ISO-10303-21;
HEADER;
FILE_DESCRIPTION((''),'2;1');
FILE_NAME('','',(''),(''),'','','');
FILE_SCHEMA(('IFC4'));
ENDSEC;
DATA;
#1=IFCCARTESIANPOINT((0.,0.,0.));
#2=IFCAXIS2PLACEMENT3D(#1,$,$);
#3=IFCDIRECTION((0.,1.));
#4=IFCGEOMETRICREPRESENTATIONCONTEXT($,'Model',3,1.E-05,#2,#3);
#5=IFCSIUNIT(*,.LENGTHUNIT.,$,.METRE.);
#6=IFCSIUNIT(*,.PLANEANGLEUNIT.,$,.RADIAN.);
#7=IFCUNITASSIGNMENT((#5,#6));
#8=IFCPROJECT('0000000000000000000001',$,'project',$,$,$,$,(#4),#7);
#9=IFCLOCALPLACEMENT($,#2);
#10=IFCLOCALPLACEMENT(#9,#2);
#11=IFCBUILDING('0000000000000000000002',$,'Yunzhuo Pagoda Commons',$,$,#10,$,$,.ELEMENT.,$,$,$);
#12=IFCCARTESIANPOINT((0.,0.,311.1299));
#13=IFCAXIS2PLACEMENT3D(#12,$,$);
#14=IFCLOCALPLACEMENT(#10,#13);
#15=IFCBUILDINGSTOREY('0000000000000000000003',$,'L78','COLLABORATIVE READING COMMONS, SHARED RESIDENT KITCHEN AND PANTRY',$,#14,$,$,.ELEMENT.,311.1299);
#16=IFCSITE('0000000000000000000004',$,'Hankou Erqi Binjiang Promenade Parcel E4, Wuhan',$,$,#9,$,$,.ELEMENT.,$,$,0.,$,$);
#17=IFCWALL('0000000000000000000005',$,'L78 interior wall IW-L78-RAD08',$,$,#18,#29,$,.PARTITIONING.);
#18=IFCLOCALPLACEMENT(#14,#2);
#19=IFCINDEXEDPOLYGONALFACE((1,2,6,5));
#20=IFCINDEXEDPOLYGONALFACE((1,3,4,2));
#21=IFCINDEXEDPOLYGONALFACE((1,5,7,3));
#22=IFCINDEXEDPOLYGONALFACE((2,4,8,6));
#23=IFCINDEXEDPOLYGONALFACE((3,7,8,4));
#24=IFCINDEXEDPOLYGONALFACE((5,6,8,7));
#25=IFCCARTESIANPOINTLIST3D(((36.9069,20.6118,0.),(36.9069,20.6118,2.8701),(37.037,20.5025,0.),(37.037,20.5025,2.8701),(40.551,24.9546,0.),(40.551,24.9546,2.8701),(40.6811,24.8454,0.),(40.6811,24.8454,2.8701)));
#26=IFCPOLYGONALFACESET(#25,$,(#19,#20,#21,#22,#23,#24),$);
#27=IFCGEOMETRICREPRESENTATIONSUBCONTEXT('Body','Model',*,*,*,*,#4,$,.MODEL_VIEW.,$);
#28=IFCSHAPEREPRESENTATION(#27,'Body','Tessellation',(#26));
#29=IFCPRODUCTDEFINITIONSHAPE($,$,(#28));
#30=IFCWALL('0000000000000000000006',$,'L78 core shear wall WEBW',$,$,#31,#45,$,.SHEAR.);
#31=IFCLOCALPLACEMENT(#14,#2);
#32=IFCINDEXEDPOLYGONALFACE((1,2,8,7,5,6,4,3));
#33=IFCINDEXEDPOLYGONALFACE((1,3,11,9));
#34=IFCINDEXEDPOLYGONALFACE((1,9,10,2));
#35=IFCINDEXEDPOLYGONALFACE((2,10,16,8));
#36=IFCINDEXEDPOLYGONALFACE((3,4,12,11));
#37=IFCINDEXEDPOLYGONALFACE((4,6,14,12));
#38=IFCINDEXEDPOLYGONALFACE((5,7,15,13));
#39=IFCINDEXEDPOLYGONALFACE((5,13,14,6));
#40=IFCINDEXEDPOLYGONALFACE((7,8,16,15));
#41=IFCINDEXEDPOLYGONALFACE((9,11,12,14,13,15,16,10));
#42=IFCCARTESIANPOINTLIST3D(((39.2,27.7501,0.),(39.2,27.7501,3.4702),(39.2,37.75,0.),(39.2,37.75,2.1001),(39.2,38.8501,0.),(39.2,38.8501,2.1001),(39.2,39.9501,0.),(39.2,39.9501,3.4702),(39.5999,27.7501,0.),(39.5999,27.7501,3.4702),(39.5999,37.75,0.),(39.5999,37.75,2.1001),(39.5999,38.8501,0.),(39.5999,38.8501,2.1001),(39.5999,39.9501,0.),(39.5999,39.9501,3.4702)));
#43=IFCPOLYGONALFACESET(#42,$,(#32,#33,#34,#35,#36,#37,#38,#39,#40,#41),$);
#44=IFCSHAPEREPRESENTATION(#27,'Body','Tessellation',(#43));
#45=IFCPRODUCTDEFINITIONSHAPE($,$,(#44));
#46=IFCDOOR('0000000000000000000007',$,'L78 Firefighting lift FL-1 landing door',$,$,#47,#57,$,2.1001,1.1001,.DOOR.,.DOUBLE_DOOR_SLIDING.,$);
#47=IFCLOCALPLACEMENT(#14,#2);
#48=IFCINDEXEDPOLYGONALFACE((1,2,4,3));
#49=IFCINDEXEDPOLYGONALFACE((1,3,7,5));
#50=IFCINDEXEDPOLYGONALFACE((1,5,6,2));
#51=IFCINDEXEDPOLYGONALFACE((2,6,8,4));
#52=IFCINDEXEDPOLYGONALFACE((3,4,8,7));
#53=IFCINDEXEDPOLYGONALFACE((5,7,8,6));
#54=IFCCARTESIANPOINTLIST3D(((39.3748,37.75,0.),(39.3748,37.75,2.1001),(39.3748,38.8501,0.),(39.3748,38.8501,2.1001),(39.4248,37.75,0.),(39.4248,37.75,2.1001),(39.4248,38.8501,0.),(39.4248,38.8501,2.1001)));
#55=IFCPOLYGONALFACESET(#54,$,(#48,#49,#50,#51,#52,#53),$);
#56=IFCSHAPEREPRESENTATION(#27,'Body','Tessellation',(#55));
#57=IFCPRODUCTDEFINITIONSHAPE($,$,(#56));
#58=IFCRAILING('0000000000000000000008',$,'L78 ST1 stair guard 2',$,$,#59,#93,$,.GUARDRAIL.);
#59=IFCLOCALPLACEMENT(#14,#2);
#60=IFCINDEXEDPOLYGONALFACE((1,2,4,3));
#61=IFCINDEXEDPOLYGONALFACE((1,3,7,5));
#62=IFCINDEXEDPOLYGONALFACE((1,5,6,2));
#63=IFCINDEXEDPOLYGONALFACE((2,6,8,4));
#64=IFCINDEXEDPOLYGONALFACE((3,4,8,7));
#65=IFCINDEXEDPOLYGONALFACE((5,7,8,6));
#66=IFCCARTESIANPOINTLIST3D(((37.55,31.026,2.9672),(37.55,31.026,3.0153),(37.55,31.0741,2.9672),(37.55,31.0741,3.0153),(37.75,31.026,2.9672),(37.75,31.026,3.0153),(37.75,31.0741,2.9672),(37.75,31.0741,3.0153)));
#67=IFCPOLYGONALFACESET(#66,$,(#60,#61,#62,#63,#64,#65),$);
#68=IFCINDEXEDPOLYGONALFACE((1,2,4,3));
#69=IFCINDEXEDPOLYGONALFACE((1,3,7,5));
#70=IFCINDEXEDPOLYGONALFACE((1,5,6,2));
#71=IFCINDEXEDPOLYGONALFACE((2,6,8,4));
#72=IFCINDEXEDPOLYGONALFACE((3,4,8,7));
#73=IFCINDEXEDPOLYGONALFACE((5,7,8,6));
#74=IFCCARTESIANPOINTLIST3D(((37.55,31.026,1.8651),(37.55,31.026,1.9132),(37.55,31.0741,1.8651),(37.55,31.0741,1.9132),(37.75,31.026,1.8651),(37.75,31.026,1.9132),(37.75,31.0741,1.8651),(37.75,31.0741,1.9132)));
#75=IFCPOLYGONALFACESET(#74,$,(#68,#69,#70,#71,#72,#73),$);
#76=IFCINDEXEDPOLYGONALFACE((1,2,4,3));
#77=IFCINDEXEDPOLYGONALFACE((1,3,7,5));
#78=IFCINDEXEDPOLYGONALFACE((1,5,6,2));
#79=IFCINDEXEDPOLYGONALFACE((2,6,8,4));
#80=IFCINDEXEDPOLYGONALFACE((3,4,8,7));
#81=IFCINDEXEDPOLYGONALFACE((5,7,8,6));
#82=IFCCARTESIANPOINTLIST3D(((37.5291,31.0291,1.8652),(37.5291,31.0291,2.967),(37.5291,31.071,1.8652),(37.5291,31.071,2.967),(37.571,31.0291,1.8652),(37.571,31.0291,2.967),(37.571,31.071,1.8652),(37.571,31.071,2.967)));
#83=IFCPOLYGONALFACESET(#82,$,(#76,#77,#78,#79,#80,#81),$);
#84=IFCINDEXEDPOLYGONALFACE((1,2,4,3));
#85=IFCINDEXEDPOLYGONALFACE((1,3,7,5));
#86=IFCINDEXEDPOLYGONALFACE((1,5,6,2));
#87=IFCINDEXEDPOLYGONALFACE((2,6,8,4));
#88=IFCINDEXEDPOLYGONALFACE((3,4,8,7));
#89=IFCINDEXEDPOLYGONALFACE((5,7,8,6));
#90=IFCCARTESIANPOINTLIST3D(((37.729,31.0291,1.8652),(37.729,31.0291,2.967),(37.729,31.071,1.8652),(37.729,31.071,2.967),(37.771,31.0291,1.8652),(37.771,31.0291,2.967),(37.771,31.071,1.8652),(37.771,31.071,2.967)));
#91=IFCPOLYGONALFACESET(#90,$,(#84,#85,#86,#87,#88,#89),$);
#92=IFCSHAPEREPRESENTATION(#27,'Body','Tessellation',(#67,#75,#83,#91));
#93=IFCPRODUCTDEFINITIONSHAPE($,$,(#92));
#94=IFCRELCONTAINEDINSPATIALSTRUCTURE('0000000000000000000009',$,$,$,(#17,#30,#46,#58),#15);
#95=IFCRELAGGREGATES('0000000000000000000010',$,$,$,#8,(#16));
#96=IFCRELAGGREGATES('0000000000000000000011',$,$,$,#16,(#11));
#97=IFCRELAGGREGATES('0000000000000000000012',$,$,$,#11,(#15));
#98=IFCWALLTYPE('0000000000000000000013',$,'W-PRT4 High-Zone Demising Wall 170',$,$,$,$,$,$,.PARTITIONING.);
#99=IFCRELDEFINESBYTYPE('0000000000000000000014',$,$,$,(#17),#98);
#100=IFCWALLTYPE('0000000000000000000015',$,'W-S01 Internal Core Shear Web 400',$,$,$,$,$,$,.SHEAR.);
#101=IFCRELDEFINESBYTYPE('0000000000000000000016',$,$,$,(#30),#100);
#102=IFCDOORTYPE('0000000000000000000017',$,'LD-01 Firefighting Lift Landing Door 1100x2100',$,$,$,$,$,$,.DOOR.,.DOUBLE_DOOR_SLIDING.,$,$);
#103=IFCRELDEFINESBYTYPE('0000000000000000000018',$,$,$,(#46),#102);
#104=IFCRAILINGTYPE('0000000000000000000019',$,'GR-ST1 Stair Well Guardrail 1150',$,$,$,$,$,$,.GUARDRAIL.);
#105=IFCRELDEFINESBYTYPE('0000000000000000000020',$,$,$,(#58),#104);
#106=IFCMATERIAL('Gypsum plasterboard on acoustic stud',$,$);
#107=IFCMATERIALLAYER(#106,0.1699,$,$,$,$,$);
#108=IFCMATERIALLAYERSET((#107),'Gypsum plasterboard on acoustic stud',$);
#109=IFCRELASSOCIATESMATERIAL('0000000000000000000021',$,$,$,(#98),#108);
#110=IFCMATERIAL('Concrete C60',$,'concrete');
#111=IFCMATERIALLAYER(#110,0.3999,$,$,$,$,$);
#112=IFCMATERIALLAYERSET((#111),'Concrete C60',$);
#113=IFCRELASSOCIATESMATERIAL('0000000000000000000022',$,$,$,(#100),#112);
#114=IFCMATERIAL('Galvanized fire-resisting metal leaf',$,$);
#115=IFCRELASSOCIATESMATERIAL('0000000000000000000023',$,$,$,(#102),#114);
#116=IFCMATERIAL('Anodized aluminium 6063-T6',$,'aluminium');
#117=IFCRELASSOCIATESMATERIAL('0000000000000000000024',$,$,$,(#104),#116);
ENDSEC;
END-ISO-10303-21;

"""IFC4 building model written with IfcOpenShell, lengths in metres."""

from ifc_helpers import new_model, si_unit, direction, frame, frame_2d, origin, origin_2d, place, context, subcontext, project, spatial, rectangle, extrude, source, transform, mapped, material, layer, layer_set, type_object, element, fill, save


model = new_model("IFC4")

# Units and contexts
model_context = context("Model", 3, precision=1e-05, world=origin(), true_north=direction((0.0, 1.0)))
body_context = subcontext(model_context, "Body", "Model", "MODEL_VIEW")
ifc_project = project(units=[si_unit("LENGTHUNIT", "METRE"), si_unit("PLANEANGLEUNIT", "RADIAN")], contexts=[model_context])

# Site, building, storey
site_placement = place(None, origin())
site = spatial("IfcSite", under=ifc_project, at=site_placement, Name="Hankou Erqi Binjiang Promenade Parcel E4, Wuhan", CompositionType="ELEMENT", RefElevation=0.0)
building_placement = place(site_placement, origin())
building = spatial("IfcBuilding", under=site, at=building_placement, Name="Yunzhuo Pagoda Commons", CompositionType="ELEMENT")
storey_placement = place(building_placement, frame((0.0, 0.0, 311.1299)))
storey = spatial("IfcBuildingStorey", under=building, at=storey_placement, Name="L78", Description="COLLABORATIVE READING COMMONS, SHARED RESIDENT KITCHEN AND PANTRY", CompositionType="ELEMENT", Elevation=311.1299)

# Shared definitions
ifc_material_1 = material(Name="Gypsum plasterboard on acoustic stud")

# Shared definitions
ifc_material_2 = material(Name="Galvanized fire-resisting metal leaf")

# Wall
ifc_layer_1 = layer(ifc_material_1, 0.1699)
ifc_layer_set_1 = layer_set([ifc_layer_1], Name="Gypsum plasterboard on acoustic stud")
wall_type_1 = type_object("IfcWallType", Name="W-PRT4 High-Zone Demising Wall 170", PredefinedType="PARTITIONING", material=ifc_layer_set_1)
wall_1_placement = place(storey_placement, frame((40.616, 24.8999, 0.0), z_axis=(0.0, 0.0, 1.0), x_axis=(-0.64279, -0.766042, 0.0)))
element("IfcWall", 1, at=wall_1_placement, inside=storey, type_object=wall_type_1, Name="L78 interior wall IW-L78-RAD08", PredefinedType="PARTITIONING", context=body_context, shape_type="SweptSolid", body=[
    extrude(rectangle(XDim=5.6692, YDim=0.1699, at=frame_2d((2.8345, 0.0))), origin(), (0.0, 0.0, 1.0), 2.8701),
])

# Wall, opening, door
ifc_material_3 = material(Name="Concrete C60", Category="concrete")
ifc_layer_2 = layer(ifc_material_3, 0.3999)
ifc_layer_set_2 = layer_set([ifc_layer_2], Name="Concrete C60")
wall_type_2 = type_object("IfcWallType", Name="W-S01 Internal Core Shear Web 400", PredefinedType="SHEAR", material=ifc_layer_set_2)
wall_2_placement = place(storey_placement, frame((39.3999, 27.75, 0.0), z_axis=(0.0, 0.0, 1.0), x_axis=(0.0, 1.0, 0.0)))
wall_2 = element("IfcWall", 2, at=wall_2_placement, inside=storey, type_object=wall_type_2, Name="L78 core shear wall WEBW", PredefinedType="SHEAR", context=body_context, shape_type="SweptSolid", body=[
    extrude(rectangle(XDim=12.2, YDim=0.3999, at=frame_2d((6.1001, 0.0))), origin(), (0.0, 0.0, 1.0), 3.4702),
])
opening_1_placement = place(wall_2_placement, frame((10.0, 0.0, 0.0)))
opening_1 = element("IfcOpeningElement", 3, at=opening_1_placement, cuts=wall_2, PredefinedType="OPENING", context=body_context, shape_type="SweptSolid", body=[
    extrude(rectangle(XDim=1.1001, YDim=2.1001, at=frame_2d((0.55, 1.05))), frame((0.0, 0.21, 0.0), z_axis=(0.0, -1.0, 0.0), x_axis=(1.0, 0.0, 0.0)), (0.0, 0.0, 1.0), 0.4199),
])
door_type_1 = type_object("IfcDoorType", Name="LD-01 Firefighting Lift Landing Door 1100x2100", OperationType="DOUBLE_DOOR_SLIDING", PredefinedType="DOOR", material=ifc_material_2)
shared_shape_1 = source(origin(), body_context, "Body", "SweptSolid", [
    extrude(rectangle(XDim=1.1001, YDim=2.1001, at=frame_2d((0.55, 1.05))), frame((0.0, 0.0249, 0.0), z_axis=(0.0, -1.0, 0.0), x_axis=(1.0, 0.0, 0.0)), (0.0, 0.0, 1.0), 0.05),
])
door_1_placement = place(opening_1_placement, frame((1.1001, 0.0, 0.0), z_axis=(0.0, 0.0, 1.0), x_axis=(-1.0, 0.0, 0.0)))
door_1 = element("IfcDoor", 4, at=door_1_placement, inside=storey, type_object=door_type_1, Name="L78 Firefighting lift FL-1 landing door", OperationType="DOUBLE_DOOR_SLIDING", OverallHeight=2.1001, OverallWidth=1.1001, PredefinedType="DOOR", context=body_context, shape_type="MappedRepresentation", body=[
    mapped(shared_shape_1, transform((0.0, 0.0, 0.0), scale=1.0)),
])
fill(opening_1, door_1)

# Railing
ifc_material_4 = material(Name="Anodized aluminium 6063-T6", Category="aluminium")
railing_type = type_object("IfcRailingType", Name="GR-ST1 Stair Well Guardrail 1150", PredefinedType="GUARDRAIL", material=ifc_material_4)
railing_placement = place(storey_placement, frame((37.55, 31.05, 1.8652)))
element("IfcRailing", 5, at=railing_placement, inside=storey, type_object=railing_type, Name="L78 ST1 stair guard 2", PredefinedType="GUARDRAIL", context=body_context, shape_type="SweptSolid", body=[
    extrude(rectangle(XDim=0.0481, YDim=0.0481, at=origin_2d()), frame((0.0, 0.0, 1.126), z_axis=(1.0, 0.0, 0.0), x_axis=(0.0, 1.0, 0.0)), (0.0, 0.0, 1.0), 0.2),
    extrude(rectangle(XDim=0.0481, YDim=0.0481, at=origin_2d()), frame((0.0, 0.0, 0.0239), z_axis=(1.0, 0.0, 0.0), x_axis=(0.0, 1.0, 0.0)), (0.0, 0.0, 1.0), 0.2),
    extrude(rectangle(XDim=0.042, YDim=0.042, at=origin_2d()), origin(), (0.0, 0.0, 1.0), 1.1018),
    extrude(rectangle(XDim=0.042, YDim=0.042, at=origin_2d()), frame((0.2, 0.0, 0.0)), (0.0, 0.0, 1.0), 1.1018),
])

save(model, "model.ifc")
